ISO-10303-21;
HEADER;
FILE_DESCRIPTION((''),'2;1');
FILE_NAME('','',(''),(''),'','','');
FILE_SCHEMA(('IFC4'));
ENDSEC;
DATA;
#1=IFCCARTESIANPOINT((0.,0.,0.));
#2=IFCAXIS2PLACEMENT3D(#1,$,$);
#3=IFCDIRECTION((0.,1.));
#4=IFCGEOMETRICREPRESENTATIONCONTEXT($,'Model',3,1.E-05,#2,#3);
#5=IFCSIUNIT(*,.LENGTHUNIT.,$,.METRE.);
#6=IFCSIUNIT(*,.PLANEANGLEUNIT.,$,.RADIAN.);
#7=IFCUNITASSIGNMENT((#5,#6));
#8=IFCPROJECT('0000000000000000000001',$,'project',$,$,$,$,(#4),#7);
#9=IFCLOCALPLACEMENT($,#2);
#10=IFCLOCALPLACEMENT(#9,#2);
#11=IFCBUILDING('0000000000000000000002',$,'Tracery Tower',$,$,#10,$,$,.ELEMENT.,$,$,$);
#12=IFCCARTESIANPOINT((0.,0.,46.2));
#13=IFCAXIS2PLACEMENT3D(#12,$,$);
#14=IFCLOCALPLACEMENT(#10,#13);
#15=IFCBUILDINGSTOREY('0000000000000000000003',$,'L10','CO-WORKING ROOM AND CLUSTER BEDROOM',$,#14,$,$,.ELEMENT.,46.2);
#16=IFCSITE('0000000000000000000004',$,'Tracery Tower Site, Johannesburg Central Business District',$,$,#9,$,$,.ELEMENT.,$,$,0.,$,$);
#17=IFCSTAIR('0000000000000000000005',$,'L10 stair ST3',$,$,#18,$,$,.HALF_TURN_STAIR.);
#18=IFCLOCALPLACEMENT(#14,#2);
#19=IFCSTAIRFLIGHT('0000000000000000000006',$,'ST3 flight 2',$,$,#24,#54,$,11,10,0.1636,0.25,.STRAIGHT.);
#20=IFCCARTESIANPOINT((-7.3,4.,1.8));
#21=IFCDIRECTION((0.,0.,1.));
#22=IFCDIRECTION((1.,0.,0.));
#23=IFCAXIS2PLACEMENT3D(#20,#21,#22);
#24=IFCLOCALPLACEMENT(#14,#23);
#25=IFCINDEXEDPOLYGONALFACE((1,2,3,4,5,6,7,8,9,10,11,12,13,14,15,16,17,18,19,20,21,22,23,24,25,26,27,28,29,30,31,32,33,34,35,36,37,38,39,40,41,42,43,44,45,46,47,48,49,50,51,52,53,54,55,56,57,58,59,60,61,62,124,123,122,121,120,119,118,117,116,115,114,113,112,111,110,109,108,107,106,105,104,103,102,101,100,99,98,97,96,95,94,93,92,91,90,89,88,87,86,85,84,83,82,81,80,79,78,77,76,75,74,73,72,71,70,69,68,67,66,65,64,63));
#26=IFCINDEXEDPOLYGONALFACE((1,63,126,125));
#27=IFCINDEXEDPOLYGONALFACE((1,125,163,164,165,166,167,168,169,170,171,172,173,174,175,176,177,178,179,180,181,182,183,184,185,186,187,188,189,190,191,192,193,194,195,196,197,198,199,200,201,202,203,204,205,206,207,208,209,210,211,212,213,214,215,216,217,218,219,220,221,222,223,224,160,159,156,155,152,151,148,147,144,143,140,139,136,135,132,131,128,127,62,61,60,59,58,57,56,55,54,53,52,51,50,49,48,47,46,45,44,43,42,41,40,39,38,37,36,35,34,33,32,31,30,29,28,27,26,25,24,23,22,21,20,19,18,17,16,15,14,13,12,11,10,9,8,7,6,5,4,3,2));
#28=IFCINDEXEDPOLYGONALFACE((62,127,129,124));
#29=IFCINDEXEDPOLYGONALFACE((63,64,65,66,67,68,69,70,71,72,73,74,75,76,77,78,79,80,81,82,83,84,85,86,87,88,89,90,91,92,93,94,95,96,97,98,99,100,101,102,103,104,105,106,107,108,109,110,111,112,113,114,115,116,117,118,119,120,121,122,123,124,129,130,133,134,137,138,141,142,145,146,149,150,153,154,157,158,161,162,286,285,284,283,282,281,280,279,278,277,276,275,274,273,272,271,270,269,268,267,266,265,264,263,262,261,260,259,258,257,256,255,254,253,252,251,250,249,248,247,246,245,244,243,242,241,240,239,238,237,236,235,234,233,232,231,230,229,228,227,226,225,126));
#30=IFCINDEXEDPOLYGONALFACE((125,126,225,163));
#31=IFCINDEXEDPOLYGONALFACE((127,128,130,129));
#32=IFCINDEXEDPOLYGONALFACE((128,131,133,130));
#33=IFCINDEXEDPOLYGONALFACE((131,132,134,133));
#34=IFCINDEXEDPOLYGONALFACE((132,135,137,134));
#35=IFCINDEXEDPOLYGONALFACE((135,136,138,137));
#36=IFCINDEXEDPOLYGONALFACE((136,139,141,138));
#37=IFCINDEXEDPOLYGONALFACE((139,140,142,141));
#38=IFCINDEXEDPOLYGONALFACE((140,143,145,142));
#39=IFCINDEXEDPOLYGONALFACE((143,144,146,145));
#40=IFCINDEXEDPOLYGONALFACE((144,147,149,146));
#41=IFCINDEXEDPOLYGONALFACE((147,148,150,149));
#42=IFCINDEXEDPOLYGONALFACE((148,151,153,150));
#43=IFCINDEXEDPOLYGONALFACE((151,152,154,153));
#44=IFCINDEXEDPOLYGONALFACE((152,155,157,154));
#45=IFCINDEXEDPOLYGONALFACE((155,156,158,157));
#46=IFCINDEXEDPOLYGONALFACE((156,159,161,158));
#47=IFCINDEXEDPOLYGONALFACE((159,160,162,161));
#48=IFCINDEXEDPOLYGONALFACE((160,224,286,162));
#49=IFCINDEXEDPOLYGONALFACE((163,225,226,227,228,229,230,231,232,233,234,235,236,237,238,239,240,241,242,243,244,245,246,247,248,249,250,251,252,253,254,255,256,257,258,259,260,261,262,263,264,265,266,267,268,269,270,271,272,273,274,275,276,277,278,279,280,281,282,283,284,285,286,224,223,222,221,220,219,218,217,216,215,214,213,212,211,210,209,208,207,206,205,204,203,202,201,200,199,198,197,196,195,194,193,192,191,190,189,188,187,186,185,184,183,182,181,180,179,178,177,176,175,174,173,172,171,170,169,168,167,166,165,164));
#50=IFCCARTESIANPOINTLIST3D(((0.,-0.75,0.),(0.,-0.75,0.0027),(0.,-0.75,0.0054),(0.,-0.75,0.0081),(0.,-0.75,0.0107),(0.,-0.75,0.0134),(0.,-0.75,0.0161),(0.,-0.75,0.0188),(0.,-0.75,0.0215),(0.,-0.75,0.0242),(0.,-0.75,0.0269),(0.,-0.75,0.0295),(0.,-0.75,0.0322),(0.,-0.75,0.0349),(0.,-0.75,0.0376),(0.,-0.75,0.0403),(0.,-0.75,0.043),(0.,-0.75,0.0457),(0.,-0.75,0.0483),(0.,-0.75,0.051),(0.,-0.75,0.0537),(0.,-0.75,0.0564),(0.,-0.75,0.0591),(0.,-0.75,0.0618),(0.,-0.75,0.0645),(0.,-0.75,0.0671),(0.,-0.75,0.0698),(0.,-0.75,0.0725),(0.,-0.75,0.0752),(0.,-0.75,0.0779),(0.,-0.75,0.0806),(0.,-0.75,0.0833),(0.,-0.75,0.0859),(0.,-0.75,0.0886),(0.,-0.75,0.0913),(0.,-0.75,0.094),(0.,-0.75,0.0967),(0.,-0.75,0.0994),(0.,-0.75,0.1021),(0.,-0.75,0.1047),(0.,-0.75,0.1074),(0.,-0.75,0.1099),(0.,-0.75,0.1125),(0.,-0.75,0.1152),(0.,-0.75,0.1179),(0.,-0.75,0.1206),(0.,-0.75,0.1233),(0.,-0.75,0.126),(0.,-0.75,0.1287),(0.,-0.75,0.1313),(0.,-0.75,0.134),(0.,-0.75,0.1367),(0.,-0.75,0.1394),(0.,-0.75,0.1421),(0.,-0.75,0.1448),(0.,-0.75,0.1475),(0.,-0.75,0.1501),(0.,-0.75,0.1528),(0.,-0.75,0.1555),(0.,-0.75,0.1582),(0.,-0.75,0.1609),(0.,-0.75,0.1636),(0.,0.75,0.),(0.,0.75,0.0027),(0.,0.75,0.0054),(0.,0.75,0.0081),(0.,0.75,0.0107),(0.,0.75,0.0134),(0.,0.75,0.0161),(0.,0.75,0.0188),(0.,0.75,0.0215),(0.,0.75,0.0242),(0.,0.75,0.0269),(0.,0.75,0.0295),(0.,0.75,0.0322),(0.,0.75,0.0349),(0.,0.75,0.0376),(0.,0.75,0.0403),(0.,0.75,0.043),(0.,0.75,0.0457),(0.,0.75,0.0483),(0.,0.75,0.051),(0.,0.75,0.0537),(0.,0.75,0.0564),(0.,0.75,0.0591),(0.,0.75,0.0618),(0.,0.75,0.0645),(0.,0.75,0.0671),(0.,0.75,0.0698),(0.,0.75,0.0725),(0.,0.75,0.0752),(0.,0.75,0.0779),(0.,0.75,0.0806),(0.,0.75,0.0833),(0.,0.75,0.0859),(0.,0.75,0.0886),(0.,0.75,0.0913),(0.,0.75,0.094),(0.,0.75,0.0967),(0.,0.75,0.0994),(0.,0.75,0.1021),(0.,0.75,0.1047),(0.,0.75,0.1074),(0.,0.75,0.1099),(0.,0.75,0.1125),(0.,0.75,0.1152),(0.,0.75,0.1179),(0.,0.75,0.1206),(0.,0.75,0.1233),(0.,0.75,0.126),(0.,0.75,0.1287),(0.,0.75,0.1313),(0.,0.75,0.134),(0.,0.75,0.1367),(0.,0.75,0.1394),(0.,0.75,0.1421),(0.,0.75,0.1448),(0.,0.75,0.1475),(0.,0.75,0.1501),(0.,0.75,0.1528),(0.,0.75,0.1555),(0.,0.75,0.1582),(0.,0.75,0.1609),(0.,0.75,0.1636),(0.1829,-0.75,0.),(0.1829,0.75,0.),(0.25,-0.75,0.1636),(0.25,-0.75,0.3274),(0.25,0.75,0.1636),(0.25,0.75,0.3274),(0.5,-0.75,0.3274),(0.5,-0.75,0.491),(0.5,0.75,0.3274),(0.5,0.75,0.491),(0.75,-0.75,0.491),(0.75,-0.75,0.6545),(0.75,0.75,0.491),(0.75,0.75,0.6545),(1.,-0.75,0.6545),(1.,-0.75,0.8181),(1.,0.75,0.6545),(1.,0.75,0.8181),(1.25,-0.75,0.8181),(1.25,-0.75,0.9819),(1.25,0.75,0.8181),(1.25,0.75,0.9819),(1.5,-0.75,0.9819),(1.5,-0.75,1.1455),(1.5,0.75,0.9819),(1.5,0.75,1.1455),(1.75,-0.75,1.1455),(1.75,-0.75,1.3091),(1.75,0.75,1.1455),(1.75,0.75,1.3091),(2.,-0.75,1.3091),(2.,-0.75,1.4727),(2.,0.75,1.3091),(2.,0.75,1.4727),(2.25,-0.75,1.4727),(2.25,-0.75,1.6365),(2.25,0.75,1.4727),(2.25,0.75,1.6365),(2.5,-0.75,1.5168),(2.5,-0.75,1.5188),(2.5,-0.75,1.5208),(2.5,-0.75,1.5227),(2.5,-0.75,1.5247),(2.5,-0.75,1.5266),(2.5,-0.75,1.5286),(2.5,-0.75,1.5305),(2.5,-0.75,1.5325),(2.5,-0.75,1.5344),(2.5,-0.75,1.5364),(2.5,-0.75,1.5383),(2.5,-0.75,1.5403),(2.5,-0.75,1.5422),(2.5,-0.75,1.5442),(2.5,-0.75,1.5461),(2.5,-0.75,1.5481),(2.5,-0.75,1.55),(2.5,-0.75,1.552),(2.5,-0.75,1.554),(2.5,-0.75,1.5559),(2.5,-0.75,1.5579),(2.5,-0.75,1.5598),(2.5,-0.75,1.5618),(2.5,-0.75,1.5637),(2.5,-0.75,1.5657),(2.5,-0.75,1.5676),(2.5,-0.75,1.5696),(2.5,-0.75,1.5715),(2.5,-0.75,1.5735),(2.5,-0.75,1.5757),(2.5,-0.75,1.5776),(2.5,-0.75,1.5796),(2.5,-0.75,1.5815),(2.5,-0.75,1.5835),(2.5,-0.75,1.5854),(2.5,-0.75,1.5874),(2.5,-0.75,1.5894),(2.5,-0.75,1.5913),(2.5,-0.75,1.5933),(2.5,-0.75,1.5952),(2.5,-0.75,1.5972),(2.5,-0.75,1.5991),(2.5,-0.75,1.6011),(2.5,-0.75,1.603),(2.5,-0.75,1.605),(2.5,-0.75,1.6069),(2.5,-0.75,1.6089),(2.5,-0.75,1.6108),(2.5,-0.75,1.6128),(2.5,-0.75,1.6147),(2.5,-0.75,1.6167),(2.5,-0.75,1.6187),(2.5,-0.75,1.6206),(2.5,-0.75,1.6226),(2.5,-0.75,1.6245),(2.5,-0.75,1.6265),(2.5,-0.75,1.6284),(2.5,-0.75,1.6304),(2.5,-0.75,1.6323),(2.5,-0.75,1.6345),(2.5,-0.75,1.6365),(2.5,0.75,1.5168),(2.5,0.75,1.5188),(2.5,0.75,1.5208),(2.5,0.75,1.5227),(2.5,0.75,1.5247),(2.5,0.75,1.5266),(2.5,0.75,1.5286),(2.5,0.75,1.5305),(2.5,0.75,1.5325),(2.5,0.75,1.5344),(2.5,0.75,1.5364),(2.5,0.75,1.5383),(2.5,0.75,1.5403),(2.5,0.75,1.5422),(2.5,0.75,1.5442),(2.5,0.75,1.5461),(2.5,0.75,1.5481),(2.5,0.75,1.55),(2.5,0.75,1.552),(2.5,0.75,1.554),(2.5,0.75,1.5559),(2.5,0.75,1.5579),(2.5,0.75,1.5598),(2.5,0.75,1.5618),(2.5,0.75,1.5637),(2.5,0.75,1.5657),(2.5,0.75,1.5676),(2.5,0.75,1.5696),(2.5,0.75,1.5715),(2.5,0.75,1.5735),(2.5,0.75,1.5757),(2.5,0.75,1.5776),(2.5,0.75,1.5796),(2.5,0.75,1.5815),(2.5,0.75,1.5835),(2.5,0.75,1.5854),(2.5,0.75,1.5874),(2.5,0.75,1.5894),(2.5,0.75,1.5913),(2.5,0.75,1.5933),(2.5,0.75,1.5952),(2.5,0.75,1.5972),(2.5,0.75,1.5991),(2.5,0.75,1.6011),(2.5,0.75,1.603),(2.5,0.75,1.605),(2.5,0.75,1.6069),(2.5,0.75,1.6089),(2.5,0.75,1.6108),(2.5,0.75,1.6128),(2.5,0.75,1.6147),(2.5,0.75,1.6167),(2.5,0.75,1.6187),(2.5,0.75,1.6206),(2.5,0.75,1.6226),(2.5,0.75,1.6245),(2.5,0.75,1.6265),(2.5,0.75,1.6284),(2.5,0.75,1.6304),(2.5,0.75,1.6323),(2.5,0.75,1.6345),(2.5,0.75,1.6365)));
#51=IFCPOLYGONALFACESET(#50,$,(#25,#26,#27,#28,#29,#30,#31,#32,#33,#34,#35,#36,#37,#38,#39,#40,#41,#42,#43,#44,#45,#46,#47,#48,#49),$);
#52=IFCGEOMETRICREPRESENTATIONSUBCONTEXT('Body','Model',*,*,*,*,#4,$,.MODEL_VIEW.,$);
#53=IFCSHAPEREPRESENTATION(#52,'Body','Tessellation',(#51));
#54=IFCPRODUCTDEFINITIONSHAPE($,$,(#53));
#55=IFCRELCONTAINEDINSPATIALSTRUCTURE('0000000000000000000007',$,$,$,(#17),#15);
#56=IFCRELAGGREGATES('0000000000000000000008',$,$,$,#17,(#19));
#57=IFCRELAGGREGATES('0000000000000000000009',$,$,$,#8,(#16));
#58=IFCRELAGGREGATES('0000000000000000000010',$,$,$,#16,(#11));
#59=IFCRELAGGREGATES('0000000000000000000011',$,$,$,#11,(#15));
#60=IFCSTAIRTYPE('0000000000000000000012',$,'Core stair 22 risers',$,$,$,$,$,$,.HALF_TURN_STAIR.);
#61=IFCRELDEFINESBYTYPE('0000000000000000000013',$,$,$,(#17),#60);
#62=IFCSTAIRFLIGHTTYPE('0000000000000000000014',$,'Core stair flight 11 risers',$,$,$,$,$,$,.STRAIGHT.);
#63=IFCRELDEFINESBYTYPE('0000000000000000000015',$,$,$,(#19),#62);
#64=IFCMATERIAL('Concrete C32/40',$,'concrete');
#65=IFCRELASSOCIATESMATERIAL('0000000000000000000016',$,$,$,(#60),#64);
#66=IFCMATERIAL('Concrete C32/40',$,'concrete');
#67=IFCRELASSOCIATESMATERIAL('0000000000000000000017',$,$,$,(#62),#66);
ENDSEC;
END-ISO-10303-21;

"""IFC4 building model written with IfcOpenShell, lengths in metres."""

from ifc_helpers import new_model, si_unit, direction, frame, origin, place, context, subcontext, project, spatial, polyline, outline, extrude, material, type_object, element, aggregate, save


model = new_model("IFC4")

# Units and contexts
model_context = context("Model", 3, precision=1e-05, world=origin(), true_north=direction((0.0, 1.0)))
body_context = subcontext(model_context, "Body", "Model", "MODEL_VIEW")
ifc_project = project(units=[si_unit("LENGTHUNIT", "METRE"), si_unit("PLANEANGLEUNIT", "RADIAN")], contexts=[model_context])

# Site, building, storey
site_placement = place(None, origin())
site = spatial("IfcSite", under=ifc_project, at=site_placement, Name="Tracery Tower Site, Johannesburg Central Business District", CompositionType="ELEMENT", RefElevation=0.0)
building_placement = place(site_placement, origin())
building = spatial("IfcBuilding", under=site, at=building_placement, Name="Tracery Tower", CompositionType="ELEMENT")
storey_placement = place(building_placement, frame((0.0, 0.0, 46.2)))
storey = spatial("IfcBuildingStorey", under=building, at=storey_placement, Name="L10", Description="CO-WORKING ROOM AND CLUSTER BEDROOM", CompositionType="ELEMENT", Elevation=46.2)

# Stair, stair flight
ifc_material_1 = material(Name="Concrete C32/40", Category="concrete")
stair_type = type_object("IfcStairType", Name="Core stair 22 risers", PredefinedType="HALF_TURN_STAIR", material=ifc_material_1)
stair_placement = place(storey_placement, origin())
stair = element("IfcStair", 1, at=stair_placement, inside=storey, type_object=stair_type, Name="L10 stair ST3", PredefinedType="HALF_TURN_STAIR")
ifc_material_2 = material(Name="Concrete C32/40", Category="concrete")
stair_flight_type = type_object("IfcStairFlightType", Name="Core stair flight 11 risers", PredefinedType="STRAIGHT", material=ifc_material_2)
stair_flight_1_placement = place(storey_placement, frame((-7.3, 4.0, 1.8), z_axis=(0.0, 0.0, 1.0), x_axis=(1.0, 0.0, 0.0)))
stair_flight_1 = element("IfcStairFlight", 2, at=stair_flight_1_placement, type_object=stair_flight_type, Name="ST3 flight 2", NumberOfRisers=11, NumberOfTreads=10, PredefinedType="STRAIGHT", RiserHeight=0.1636, TreadLength=0.25, context=body_context, shape_type="SweptSolid", body=[
    extrude(outline(polyline([(0.0, 0.0), (0.0, 0.0027), (0.0, 0.0054), (0.0, 0.0081), (0.0, 0.0107), (0.0, 0.0134), (0.0, 0.0161), (0.0, 0.0188), (0.0, 0.0215), (0.0, 0.0242), (0.0, 0.0269), (0.0, 0.0295), (0.0, 0.0322), (0.0, 0.0349), (0.0, 0.0376), (0.0, 0.0403), (0.0, 0.043), (0.0, 0.0457), (0.0, 0.0483), (0.0, 0.051), (0.0, 0.0537), (0.0, 0.0564), (0.0, 0.0591), (0.0, 0.0618), (0.0, 0.0645), (0.0, 0.0671), (0.0, 0.0698), (0.0, 0.0725), (0.0, 0.0752), (0.0, 0.0779), (0.0, 0.0806), (0.0, 0.0833), (0.0, 0.0859), (0.0, 0.0886), (0.0, 0.0913), (0.0, 0.094), (0.0, 0.0967), (0.0, 0.0994), (0.0, 0.1021), (0.0, 0.1047), (0.0, 0.1074), (0.0, 0.1099), (0.0, 0.1125), (0.0, 0.1152), (0.0, 0.1179), (0.0, 0.1206), (0.0, 0.1233), (0.0, 0.126), (0.0, 0.1287), (0.0, 0.1313), (0.0, 0.134), (0.0, 0.1367), (0.0, 0.1394), (0.0, 0.1421), (0.0, 0.1448), (0.0, 0.1475), (0.0, 0.1501), (0.0, 0.1528), (0.0, 0.1555), (0.0, 0.1582), (0.0, 0.1609), (0.0, 0.1636), (0.25, 0.1636), (0.25, 0.3274), (0.5, 0.3274), (0.5, 0.491), (0.75, 0.491), (0.75, 0.6545), (1.0, 0.6545), (1.0, 0.8181), (1.25, 0.8181), (1.25, 0.9819), (1.5, 0.9819), (1.5, 1.1455), (1.75, 1.1455), (1.75, 1.3091), (2.0, 1.3091), (2.0, 1.4727), (2.25, 1.4727), (2.25, 1.6365), (2.5, 1.6365), (2.5, 1.6345), (2.5, 1.6323), (2.5, 1.6304), (2.5, 1.6284), (2.5, 1.6265), (2.5, 1.6245), (2.5, 1.6226), (2.5, 1.6206), (2.5, 1.6187), (2.5, 1.6167), (2.5, 1.6147), (2.5, 1.6128), (2.5, 1.6108), (2.5, 1.6089), (2.5, 1.6069), (2.5, 1.605), (2.5, 1.603), (2.5, 1.6011), (2.5, 1.5991), (2.5, 1.5972), (2.5, 1.5952), (2.5, 1.5933), (2.5, 1.5913), (2.5, 1.5894), (2.5, 1.5874), (2.5, 1.5854), (2.5, 1.5835), (2.5, 1.5815), (2.5, 1.5796), (2.5, 1.5776), (2.5, 1.5757), (2.5, 1.5735), (2.5, 1.5715), (2.5, 1.5696), (2.5, 1.5676), (2.5, 1.5657), (2.5, 1.5637), (2.5, 1.5618), (2.5, 1.5598), (2.5, 1.5579), (2.5, 1.5559), (2.5, 1.554), (2.5, 1.552), (2.5, 1.55), (2.5, 1.5481), (2.5, 1.5461), (2.5, 1.5442), (2.5, 1.5422), (2.5, 1.5403), (2.5, 1.5383), (2.5, 1.5364), (2.5, 1.5344), (2.5, 1.5325), (2.5, 1.5305), (2.5, 1.5286), (2.5, 1.5266), (2.5, 1.5247), (2.5, 1.5227), (2.5, 1.5208), (2.5, 1.5188), (2.5, 1.5168), (0.1829, 0.0), (0.0, 0.0)])), frame((0.0, 0.75, 0.0), z_axis=(0.0, -1.0, 0.0), x_axis=(1.0, 0.0, 0.0)), (0.0, 0.0, 1.0), 1.5),
])
aggregate(stair, [stair_flight_1])

save(model, "model.ifc")
